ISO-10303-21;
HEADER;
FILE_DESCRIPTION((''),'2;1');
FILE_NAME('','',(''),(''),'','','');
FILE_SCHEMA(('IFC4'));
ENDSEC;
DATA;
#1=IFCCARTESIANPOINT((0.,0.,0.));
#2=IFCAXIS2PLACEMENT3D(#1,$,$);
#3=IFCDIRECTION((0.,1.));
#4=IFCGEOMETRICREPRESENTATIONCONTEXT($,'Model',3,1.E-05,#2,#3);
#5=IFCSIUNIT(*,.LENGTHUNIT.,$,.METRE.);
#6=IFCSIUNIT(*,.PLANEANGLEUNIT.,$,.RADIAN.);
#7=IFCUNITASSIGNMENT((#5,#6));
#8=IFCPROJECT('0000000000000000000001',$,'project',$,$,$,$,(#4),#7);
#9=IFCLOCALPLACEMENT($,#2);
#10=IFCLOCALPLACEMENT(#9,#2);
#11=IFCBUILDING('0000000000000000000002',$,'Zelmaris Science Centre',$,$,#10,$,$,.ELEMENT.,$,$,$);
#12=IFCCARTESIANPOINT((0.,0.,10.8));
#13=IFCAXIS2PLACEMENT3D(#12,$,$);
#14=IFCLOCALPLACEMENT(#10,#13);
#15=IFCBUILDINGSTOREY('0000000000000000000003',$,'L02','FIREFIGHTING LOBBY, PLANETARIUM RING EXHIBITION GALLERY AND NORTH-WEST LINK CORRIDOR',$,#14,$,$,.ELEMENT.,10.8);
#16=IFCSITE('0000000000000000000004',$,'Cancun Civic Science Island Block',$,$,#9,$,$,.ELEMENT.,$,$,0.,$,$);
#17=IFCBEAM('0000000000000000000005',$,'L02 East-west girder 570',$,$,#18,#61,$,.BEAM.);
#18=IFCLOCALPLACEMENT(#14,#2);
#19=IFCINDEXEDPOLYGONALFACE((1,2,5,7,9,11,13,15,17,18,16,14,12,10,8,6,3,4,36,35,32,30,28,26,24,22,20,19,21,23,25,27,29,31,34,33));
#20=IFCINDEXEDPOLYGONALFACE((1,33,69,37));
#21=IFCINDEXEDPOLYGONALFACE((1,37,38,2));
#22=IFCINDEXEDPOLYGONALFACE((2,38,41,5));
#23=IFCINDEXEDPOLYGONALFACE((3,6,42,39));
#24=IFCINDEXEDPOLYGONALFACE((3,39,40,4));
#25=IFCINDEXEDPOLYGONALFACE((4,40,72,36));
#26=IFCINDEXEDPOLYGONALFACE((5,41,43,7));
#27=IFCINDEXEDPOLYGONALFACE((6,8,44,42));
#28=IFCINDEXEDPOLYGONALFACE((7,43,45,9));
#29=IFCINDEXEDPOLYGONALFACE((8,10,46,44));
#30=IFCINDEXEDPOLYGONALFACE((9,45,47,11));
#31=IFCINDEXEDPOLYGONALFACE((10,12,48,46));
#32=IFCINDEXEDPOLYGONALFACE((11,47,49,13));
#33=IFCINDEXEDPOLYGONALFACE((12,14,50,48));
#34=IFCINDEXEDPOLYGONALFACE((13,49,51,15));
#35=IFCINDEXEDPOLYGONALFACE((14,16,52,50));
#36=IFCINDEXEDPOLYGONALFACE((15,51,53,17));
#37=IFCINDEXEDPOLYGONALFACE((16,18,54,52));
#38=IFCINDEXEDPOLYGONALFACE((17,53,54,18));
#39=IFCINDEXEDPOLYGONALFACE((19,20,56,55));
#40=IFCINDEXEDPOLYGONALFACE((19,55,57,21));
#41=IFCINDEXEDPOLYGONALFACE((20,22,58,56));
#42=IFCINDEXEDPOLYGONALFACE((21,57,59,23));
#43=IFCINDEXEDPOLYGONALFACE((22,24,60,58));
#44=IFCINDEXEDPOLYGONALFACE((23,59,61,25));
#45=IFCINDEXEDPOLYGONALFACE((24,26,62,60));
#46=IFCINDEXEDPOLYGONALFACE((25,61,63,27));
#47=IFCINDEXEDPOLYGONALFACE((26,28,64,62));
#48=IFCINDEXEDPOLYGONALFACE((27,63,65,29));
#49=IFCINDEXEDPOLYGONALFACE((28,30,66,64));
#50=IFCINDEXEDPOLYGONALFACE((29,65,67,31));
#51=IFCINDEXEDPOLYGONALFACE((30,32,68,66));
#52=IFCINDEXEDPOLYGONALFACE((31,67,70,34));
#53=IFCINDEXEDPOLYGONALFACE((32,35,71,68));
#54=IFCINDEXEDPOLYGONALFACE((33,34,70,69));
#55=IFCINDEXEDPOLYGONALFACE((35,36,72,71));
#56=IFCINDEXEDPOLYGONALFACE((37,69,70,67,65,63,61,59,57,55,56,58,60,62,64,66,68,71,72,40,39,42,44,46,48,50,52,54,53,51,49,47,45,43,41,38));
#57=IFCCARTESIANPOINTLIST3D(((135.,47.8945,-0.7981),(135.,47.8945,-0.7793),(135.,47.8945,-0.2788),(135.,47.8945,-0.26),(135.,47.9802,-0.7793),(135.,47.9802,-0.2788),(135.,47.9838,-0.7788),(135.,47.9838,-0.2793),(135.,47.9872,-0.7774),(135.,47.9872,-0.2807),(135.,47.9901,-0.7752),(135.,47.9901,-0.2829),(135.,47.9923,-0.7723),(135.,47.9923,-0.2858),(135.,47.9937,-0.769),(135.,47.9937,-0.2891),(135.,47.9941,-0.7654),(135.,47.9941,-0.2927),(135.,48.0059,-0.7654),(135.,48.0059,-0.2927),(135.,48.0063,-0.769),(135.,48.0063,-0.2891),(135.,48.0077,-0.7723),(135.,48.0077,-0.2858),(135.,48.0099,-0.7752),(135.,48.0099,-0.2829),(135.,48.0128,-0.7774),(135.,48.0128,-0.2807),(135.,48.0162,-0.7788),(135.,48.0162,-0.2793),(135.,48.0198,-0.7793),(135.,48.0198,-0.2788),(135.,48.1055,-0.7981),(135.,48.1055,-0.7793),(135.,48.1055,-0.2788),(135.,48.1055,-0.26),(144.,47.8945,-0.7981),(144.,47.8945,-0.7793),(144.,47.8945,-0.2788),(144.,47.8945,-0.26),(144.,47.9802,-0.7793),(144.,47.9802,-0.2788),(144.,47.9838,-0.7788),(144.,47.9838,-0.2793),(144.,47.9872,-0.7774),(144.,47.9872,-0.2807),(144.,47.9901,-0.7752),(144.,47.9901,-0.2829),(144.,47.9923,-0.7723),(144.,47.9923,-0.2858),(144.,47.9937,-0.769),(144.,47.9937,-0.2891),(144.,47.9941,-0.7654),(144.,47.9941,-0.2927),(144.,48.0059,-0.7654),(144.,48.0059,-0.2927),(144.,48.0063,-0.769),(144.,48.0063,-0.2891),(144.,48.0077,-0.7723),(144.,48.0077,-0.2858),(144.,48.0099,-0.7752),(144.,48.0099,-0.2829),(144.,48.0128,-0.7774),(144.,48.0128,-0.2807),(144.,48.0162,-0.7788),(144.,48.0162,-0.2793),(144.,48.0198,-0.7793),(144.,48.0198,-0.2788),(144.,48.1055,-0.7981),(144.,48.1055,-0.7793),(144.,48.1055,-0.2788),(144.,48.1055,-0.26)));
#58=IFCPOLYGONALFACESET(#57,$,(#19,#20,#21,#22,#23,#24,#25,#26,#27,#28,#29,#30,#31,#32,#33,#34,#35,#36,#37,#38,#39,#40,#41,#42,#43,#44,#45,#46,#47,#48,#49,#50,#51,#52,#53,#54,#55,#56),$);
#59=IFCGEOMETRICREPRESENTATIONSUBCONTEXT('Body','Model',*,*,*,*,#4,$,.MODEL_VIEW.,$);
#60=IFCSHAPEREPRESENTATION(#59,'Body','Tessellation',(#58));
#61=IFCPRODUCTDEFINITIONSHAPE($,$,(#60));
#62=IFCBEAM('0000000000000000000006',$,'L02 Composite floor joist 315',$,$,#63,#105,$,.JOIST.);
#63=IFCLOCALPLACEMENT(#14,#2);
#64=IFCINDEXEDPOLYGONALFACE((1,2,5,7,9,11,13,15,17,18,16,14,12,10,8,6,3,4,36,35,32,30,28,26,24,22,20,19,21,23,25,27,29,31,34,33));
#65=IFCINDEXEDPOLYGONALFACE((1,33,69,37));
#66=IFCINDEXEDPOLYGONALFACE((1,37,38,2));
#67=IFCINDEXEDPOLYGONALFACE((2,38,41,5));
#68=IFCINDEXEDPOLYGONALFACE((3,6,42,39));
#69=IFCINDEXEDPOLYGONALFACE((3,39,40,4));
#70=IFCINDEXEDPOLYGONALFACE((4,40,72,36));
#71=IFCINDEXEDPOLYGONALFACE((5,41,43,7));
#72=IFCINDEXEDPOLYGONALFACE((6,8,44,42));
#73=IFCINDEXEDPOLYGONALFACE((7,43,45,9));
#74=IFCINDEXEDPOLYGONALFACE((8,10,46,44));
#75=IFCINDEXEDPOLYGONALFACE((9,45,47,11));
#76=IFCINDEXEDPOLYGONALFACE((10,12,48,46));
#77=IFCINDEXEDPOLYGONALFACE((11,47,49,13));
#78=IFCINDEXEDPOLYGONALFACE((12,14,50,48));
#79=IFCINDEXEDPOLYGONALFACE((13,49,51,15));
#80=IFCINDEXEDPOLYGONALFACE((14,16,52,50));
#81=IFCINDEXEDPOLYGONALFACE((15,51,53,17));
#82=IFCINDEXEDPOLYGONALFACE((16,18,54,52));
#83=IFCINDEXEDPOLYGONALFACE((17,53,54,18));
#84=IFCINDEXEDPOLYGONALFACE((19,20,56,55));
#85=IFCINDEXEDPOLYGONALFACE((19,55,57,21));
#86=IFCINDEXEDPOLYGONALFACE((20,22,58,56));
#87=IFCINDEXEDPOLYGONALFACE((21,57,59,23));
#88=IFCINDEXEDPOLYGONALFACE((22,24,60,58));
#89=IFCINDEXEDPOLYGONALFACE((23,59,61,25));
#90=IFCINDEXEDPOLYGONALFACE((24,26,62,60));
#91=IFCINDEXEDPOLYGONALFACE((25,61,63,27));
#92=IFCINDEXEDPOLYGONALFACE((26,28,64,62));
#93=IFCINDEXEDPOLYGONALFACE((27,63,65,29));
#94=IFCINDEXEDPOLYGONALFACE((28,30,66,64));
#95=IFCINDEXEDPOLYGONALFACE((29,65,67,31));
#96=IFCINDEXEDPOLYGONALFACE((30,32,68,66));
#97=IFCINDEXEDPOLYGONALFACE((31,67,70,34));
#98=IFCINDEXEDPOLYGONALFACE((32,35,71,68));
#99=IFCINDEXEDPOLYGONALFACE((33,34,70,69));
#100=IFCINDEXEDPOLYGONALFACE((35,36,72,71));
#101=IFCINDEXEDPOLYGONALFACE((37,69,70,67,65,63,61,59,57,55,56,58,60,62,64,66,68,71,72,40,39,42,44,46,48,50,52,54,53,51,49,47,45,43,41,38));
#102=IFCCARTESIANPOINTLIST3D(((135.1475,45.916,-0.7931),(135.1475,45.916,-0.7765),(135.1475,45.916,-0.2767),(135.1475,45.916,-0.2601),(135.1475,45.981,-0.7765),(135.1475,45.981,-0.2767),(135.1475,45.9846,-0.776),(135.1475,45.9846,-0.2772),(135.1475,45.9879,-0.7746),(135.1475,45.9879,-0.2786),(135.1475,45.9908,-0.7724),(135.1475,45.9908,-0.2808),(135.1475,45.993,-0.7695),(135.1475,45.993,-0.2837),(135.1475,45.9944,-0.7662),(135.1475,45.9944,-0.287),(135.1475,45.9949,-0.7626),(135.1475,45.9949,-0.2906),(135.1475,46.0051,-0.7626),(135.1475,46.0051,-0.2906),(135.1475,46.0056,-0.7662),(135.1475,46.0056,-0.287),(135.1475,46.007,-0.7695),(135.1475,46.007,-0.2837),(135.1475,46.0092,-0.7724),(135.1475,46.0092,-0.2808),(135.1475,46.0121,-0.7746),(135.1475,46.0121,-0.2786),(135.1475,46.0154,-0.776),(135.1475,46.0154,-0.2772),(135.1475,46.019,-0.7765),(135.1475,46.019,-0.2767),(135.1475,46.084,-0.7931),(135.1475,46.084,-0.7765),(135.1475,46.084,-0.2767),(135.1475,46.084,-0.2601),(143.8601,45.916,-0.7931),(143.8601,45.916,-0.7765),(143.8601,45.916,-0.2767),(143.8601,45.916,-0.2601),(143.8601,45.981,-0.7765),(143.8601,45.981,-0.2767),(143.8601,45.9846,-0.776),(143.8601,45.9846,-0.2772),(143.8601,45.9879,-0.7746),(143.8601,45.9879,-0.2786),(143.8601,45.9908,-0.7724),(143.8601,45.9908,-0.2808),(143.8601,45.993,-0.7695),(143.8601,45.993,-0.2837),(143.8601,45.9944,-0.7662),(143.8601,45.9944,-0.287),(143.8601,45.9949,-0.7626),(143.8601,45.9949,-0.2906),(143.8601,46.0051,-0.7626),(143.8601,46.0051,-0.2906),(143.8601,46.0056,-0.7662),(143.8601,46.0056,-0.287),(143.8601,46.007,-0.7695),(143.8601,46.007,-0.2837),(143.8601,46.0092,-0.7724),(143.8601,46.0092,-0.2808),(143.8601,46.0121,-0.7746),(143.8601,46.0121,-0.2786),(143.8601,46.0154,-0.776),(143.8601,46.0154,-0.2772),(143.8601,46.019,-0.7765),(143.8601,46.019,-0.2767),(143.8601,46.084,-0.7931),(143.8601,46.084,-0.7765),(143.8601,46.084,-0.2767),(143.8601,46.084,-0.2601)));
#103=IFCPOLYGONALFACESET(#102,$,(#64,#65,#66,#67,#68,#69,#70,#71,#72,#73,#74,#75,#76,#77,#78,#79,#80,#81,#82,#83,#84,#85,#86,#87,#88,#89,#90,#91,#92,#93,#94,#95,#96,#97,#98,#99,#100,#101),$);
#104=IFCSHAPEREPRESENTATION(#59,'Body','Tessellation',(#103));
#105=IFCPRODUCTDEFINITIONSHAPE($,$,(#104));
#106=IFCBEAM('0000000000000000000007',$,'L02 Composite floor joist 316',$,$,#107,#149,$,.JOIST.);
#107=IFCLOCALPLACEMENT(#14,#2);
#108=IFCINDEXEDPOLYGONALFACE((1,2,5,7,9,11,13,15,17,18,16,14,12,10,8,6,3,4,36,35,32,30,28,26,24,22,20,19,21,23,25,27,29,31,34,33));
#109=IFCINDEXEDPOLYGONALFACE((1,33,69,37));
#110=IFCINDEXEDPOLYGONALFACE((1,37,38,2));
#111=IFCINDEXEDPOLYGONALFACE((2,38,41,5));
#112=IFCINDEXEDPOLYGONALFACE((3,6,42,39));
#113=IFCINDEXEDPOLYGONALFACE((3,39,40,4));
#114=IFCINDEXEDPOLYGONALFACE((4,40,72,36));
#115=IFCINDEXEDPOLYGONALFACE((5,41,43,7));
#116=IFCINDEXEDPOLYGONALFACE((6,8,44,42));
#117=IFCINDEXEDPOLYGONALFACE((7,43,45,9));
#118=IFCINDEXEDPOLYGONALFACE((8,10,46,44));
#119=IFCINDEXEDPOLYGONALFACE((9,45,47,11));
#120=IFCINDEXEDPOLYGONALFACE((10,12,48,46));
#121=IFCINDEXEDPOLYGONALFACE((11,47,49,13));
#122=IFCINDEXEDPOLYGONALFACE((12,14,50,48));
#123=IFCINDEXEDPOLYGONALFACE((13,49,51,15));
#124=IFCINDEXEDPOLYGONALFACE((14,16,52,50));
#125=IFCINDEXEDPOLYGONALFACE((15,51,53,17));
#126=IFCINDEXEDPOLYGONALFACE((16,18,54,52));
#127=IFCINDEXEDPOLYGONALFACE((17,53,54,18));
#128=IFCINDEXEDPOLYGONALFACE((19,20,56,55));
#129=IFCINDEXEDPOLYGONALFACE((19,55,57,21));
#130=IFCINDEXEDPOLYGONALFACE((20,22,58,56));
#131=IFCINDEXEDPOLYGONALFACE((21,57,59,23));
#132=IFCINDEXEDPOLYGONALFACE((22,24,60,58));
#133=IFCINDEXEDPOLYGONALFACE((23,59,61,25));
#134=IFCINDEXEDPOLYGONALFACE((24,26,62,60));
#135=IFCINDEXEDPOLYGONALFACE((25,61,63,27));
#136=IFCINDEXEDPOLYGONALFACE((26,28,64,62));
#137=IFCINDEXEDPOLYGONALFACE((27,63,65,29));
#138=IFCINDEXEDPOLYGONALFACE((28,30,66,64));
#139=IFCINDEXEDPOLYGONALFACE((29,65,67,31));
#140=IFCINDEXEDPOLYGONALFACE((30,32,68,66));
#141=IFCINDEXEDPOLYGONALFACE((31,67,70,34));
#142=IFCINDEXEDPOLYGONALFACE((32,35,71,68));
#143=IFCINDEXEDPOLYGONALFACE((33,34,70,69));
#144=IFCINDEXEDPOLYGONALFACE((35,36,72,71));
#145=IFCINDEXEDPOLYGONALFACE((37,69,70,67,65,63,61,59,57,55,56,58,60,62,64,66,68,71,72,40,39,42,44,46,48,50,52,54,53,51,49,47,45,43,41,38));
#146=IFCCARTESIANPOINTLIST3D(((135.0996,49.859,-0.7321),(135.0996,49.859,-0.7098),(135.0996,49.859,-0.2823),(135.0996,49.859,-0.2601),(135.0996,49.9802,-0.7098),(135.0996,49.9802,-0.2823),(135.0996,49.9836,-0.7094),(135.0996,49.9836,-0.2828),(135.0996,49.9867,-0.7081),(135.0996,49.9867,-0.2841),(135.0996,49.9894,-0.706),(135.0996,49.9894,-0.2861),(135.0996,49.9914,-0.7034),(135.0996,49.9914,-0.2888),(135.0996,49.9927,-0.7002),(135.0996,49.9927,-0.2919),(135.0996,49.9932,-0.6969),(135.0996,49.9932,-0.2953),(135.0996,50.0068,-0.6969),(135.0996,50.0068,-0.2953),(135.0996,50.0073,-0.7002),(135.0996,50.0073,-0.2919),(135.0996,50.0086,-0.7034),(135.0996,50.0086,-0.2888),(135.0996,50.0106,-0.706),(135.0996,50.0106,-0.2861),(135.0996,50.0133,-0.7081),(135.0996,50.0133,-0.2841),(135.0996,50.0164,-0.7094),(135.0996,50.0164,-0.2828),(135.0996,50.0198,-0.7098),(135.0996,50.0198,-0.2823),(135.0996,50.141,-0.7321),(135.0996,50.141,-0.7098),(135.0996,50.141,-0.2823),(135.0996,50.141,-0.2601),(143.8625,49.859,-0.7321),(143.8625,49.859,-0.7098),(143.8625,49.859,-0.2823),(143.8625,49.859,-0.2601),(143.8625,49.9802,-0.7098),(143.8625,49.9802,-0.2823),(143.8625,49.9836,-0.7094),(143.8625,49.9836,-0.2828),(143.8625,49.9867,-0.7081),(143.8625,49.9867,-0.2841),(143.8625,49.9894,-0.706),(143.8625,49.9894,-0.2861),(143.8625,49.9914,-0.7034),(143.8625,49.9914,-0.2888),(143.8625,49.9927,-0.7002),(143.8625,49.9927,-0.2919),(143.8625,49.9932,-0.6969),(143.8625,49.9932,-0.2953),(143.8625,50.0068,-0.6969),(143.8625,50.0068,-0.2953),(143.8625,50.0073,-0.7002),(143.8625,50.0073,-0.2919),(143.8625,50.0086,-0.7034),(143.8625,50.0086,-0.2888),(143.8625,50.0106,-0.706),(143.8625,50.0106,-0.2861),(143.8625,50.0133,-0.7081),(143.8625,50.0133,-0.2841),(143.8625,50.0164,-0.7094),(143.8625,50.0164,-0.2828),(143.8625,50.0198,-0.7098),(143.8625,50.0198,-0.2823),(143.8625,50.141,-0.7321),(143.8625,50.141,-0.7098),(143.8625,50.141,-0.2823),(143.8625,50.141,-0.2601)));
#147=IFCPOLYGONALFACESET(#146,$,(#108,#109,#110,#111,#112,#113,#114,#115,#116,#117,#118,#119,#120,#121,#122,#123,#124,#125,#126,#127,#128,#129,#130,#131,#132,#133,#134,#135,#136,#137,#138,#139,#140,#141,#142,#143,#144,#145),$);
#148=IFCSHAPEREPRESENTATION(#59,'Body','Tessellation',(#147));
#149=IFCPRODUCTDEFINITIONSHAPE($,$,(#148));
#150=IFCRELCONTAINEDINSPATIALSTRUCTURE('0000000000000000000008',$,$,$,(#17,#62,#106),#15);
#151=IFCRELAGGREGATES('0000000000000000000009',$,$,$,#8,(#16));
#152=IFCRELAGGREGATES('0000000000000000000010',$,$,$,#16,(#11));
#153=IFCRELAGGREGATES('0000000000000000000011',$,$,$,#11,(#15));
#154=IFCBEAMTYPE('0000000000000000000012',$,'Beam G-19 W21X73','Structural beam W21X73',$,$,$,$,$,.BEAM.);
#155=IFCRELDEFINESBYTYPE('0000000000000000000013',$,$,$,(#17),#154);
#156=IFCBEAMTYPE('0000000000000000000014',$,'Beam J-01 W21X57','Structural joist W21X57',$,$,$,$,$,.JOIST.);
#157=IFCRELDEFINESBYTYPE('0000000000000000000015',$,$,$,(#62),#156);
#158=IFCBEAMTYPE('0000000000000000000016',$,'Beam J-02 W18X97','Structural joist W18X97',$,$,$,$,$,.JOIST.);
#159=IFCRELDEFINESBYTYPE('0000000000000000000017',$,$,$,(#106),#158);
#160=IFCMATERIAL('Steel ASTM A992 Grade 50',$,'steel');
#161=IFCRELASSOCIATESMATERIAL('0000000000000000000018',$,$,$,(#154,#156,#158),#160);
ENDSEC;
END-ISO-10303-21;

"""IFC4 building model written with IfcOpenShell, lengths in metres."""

from ifc_helpers import new_model, si_unit, direction, frame, origin, origin_2d, place, context, subcontext, project, spatial, i_section, extrude, material, material_profile, profile_set, type_object, element, save


model = new_model("IFC4")

# Units and contexts
model_context = context("Model", 3, precision=1e-05, world=origin(), true_north=direction((0.0, 1.0)))
body_context = subcontext(model_context, "Body", "Model", "MODEL_VIEW")
ifc_project = project(units=[si_unit("LENGTHUNIT", "METRE"), si_unit("PLANEANGLEUNIT", "RADIAN")], contexts=[model_context])

# Site, building, storey
site_placement = place(None, origin())
site = spatial("IfcSite", under=ifc_project, at=site_placement, Name="Cancun Civic Science Island Block", CompositionType="ELEMENT", RefElevation=0.0)
building_placement = place(site_placement, origin())
building = spatial("IfcBuilding", under=site, at=building_placement, Name="Zelmaris Science Centre", CompositionType="ELEMENT")
storey_placement = place(building_placement, frame((0.0, 0.0, 10.8)))
storey = spatial("IfcBuildingStorey", under=building, at=storey_placement, Name="L02", Description="FIREFIGHTING LOBBY, PLANETARIUM RING EXHIBITION GALLERY AND NORTH-WEST LINK CORRIDOR", CompositionType="ELEMENT", Elevation=10.8)

# Shared definitions
ifc_material_1 = material(Name="Steel ASTM A992 Grade 50", Category="steel")

# Beams
ifc_material_profile_1 = material_profile(ifc_material_1, i_section(OverallWidth=0.2109, OverallDepth=0.5381, WebThickness=0.0117, FlangeThickness=0.0188, FilletRadius=0.0139, at=origin_2d()), Name="W21X73")
ifc_profile_set_1 = profile_set([ifc_material_profile_1], Name="Steel ASTM A992 Grade 50")
beam_type_1 = type_object("IfcBeamType", Name="Beam G-19 W21X73", Description="Structural beam W21X73", PredefinedType="BEAM", material=ifc_profile_set_1)
beam_1_placement = place(storey_placement, frame((135.0, 48.0, -0.5291), z_axis=(1.0, 0.0, 0.0), x_axis=(0.0, 1.0, 0.0)))
element("IfcBeam", 1, at=beam_1_placement, inside=storey, type_object=beam_type_1, Name="L02 East-west girder 570", PredefinedType="BEAM", context=body_context, shape_type="SweptSolid", body=[
    extrude(i_section(OverallWidth=0.2109, OverallDepth=0.5381, WebThickness=0.0117, FlangeThickness=0.0188, FilletRadius=0.0139, at=origin_2d()), origin(), (0.0, 0.0, 1.0), 9.0),
])
ifc_material_profile_2 = material_profile(ifc_material_1, i_section(OverallWidth=0.168, OverallDepth=0.533, WebThickness=0.0103, FlangeThickness=0.0166, FilletRadius=0.0139, at=origin_2d()), Name="W21X57")
ifc_profile_set_2 = profile_set([ifc_material_profile_2], Name="Steel ASTM A992 Grade 50")
beam_type_2 = type_object("IfcBeamType", Name="Beam J-01 W21X57", Description="Structural joist W21X57", PredefinedType="JOIST", material=ifc_profile_set_2)
beam_2_placement = place(storey_placement, frame((135.1475, 46.0, -0.5266), z_axis=(1.0, 0.0, 0.0), x_axis=(0.0, 1.0, 0.0)))
element("IfcBeam", 2, at=beam_2_placement, inside=storey, type_object=beam_type_2, Name="L02 Composite floor joist 315", PredefinedType="JOIST", context=body_context, shape_type="SweptSolid", body=[
    extrude(i_section(OverallWidth=0.168, OverallDepth=0.533, WebThickness=0.0103, FlangeThickness=0.0166, FilletRadius=0.0139, at=origin_2d()), origin(), (0.0, 0.0, 1.0), 8.7126),
])
ifc_material_profile_3 = material_profile(ifc_material_1, i_section(OverallWidth=0.282, OverallDepth=0.4719, WebThickness=0.0137, FlangeThickness=0.0222, FilletRadius=0.0129, at=origin_2d()), Name="W18X97")
ifc_profile_set_3 = profile_set([ifc_material_profile_3], Name="Steel ASTM A992 Grade 50")
beam_type_3 = type_object("IfcBeamType", Name="Beam J-02 W18X97", Description="Structural joist W18X97", PredefinedType="JOIST", material=ifc_profile_set_3)
beam_3_placement = place(storey_placement, frame((135.0996, 50.0, -0.4961), z_axis=(1.0, 0.0, 0.0), x_axis=(0.0, 1.0, 0.0)))
element("IfcBeam", 3, at=beam_3_placement, inside=storey, type_object=beam_type_3, Name="L02 Composite floor joist 316", PredefinedType="JOIST", context=body_context, shape_type="SweptSolid", body=[
    extrude(i_section(OverallWidth=0.282, OverallDepth=0.4719, WebThickness=0.0137, FlangeThickness=0.0222, FilletRadius=0.0129, at=origin_2d()), origin(), (0.0, 0.0, 1.0), 8.7629),
])

save(model, "model.ifc")
